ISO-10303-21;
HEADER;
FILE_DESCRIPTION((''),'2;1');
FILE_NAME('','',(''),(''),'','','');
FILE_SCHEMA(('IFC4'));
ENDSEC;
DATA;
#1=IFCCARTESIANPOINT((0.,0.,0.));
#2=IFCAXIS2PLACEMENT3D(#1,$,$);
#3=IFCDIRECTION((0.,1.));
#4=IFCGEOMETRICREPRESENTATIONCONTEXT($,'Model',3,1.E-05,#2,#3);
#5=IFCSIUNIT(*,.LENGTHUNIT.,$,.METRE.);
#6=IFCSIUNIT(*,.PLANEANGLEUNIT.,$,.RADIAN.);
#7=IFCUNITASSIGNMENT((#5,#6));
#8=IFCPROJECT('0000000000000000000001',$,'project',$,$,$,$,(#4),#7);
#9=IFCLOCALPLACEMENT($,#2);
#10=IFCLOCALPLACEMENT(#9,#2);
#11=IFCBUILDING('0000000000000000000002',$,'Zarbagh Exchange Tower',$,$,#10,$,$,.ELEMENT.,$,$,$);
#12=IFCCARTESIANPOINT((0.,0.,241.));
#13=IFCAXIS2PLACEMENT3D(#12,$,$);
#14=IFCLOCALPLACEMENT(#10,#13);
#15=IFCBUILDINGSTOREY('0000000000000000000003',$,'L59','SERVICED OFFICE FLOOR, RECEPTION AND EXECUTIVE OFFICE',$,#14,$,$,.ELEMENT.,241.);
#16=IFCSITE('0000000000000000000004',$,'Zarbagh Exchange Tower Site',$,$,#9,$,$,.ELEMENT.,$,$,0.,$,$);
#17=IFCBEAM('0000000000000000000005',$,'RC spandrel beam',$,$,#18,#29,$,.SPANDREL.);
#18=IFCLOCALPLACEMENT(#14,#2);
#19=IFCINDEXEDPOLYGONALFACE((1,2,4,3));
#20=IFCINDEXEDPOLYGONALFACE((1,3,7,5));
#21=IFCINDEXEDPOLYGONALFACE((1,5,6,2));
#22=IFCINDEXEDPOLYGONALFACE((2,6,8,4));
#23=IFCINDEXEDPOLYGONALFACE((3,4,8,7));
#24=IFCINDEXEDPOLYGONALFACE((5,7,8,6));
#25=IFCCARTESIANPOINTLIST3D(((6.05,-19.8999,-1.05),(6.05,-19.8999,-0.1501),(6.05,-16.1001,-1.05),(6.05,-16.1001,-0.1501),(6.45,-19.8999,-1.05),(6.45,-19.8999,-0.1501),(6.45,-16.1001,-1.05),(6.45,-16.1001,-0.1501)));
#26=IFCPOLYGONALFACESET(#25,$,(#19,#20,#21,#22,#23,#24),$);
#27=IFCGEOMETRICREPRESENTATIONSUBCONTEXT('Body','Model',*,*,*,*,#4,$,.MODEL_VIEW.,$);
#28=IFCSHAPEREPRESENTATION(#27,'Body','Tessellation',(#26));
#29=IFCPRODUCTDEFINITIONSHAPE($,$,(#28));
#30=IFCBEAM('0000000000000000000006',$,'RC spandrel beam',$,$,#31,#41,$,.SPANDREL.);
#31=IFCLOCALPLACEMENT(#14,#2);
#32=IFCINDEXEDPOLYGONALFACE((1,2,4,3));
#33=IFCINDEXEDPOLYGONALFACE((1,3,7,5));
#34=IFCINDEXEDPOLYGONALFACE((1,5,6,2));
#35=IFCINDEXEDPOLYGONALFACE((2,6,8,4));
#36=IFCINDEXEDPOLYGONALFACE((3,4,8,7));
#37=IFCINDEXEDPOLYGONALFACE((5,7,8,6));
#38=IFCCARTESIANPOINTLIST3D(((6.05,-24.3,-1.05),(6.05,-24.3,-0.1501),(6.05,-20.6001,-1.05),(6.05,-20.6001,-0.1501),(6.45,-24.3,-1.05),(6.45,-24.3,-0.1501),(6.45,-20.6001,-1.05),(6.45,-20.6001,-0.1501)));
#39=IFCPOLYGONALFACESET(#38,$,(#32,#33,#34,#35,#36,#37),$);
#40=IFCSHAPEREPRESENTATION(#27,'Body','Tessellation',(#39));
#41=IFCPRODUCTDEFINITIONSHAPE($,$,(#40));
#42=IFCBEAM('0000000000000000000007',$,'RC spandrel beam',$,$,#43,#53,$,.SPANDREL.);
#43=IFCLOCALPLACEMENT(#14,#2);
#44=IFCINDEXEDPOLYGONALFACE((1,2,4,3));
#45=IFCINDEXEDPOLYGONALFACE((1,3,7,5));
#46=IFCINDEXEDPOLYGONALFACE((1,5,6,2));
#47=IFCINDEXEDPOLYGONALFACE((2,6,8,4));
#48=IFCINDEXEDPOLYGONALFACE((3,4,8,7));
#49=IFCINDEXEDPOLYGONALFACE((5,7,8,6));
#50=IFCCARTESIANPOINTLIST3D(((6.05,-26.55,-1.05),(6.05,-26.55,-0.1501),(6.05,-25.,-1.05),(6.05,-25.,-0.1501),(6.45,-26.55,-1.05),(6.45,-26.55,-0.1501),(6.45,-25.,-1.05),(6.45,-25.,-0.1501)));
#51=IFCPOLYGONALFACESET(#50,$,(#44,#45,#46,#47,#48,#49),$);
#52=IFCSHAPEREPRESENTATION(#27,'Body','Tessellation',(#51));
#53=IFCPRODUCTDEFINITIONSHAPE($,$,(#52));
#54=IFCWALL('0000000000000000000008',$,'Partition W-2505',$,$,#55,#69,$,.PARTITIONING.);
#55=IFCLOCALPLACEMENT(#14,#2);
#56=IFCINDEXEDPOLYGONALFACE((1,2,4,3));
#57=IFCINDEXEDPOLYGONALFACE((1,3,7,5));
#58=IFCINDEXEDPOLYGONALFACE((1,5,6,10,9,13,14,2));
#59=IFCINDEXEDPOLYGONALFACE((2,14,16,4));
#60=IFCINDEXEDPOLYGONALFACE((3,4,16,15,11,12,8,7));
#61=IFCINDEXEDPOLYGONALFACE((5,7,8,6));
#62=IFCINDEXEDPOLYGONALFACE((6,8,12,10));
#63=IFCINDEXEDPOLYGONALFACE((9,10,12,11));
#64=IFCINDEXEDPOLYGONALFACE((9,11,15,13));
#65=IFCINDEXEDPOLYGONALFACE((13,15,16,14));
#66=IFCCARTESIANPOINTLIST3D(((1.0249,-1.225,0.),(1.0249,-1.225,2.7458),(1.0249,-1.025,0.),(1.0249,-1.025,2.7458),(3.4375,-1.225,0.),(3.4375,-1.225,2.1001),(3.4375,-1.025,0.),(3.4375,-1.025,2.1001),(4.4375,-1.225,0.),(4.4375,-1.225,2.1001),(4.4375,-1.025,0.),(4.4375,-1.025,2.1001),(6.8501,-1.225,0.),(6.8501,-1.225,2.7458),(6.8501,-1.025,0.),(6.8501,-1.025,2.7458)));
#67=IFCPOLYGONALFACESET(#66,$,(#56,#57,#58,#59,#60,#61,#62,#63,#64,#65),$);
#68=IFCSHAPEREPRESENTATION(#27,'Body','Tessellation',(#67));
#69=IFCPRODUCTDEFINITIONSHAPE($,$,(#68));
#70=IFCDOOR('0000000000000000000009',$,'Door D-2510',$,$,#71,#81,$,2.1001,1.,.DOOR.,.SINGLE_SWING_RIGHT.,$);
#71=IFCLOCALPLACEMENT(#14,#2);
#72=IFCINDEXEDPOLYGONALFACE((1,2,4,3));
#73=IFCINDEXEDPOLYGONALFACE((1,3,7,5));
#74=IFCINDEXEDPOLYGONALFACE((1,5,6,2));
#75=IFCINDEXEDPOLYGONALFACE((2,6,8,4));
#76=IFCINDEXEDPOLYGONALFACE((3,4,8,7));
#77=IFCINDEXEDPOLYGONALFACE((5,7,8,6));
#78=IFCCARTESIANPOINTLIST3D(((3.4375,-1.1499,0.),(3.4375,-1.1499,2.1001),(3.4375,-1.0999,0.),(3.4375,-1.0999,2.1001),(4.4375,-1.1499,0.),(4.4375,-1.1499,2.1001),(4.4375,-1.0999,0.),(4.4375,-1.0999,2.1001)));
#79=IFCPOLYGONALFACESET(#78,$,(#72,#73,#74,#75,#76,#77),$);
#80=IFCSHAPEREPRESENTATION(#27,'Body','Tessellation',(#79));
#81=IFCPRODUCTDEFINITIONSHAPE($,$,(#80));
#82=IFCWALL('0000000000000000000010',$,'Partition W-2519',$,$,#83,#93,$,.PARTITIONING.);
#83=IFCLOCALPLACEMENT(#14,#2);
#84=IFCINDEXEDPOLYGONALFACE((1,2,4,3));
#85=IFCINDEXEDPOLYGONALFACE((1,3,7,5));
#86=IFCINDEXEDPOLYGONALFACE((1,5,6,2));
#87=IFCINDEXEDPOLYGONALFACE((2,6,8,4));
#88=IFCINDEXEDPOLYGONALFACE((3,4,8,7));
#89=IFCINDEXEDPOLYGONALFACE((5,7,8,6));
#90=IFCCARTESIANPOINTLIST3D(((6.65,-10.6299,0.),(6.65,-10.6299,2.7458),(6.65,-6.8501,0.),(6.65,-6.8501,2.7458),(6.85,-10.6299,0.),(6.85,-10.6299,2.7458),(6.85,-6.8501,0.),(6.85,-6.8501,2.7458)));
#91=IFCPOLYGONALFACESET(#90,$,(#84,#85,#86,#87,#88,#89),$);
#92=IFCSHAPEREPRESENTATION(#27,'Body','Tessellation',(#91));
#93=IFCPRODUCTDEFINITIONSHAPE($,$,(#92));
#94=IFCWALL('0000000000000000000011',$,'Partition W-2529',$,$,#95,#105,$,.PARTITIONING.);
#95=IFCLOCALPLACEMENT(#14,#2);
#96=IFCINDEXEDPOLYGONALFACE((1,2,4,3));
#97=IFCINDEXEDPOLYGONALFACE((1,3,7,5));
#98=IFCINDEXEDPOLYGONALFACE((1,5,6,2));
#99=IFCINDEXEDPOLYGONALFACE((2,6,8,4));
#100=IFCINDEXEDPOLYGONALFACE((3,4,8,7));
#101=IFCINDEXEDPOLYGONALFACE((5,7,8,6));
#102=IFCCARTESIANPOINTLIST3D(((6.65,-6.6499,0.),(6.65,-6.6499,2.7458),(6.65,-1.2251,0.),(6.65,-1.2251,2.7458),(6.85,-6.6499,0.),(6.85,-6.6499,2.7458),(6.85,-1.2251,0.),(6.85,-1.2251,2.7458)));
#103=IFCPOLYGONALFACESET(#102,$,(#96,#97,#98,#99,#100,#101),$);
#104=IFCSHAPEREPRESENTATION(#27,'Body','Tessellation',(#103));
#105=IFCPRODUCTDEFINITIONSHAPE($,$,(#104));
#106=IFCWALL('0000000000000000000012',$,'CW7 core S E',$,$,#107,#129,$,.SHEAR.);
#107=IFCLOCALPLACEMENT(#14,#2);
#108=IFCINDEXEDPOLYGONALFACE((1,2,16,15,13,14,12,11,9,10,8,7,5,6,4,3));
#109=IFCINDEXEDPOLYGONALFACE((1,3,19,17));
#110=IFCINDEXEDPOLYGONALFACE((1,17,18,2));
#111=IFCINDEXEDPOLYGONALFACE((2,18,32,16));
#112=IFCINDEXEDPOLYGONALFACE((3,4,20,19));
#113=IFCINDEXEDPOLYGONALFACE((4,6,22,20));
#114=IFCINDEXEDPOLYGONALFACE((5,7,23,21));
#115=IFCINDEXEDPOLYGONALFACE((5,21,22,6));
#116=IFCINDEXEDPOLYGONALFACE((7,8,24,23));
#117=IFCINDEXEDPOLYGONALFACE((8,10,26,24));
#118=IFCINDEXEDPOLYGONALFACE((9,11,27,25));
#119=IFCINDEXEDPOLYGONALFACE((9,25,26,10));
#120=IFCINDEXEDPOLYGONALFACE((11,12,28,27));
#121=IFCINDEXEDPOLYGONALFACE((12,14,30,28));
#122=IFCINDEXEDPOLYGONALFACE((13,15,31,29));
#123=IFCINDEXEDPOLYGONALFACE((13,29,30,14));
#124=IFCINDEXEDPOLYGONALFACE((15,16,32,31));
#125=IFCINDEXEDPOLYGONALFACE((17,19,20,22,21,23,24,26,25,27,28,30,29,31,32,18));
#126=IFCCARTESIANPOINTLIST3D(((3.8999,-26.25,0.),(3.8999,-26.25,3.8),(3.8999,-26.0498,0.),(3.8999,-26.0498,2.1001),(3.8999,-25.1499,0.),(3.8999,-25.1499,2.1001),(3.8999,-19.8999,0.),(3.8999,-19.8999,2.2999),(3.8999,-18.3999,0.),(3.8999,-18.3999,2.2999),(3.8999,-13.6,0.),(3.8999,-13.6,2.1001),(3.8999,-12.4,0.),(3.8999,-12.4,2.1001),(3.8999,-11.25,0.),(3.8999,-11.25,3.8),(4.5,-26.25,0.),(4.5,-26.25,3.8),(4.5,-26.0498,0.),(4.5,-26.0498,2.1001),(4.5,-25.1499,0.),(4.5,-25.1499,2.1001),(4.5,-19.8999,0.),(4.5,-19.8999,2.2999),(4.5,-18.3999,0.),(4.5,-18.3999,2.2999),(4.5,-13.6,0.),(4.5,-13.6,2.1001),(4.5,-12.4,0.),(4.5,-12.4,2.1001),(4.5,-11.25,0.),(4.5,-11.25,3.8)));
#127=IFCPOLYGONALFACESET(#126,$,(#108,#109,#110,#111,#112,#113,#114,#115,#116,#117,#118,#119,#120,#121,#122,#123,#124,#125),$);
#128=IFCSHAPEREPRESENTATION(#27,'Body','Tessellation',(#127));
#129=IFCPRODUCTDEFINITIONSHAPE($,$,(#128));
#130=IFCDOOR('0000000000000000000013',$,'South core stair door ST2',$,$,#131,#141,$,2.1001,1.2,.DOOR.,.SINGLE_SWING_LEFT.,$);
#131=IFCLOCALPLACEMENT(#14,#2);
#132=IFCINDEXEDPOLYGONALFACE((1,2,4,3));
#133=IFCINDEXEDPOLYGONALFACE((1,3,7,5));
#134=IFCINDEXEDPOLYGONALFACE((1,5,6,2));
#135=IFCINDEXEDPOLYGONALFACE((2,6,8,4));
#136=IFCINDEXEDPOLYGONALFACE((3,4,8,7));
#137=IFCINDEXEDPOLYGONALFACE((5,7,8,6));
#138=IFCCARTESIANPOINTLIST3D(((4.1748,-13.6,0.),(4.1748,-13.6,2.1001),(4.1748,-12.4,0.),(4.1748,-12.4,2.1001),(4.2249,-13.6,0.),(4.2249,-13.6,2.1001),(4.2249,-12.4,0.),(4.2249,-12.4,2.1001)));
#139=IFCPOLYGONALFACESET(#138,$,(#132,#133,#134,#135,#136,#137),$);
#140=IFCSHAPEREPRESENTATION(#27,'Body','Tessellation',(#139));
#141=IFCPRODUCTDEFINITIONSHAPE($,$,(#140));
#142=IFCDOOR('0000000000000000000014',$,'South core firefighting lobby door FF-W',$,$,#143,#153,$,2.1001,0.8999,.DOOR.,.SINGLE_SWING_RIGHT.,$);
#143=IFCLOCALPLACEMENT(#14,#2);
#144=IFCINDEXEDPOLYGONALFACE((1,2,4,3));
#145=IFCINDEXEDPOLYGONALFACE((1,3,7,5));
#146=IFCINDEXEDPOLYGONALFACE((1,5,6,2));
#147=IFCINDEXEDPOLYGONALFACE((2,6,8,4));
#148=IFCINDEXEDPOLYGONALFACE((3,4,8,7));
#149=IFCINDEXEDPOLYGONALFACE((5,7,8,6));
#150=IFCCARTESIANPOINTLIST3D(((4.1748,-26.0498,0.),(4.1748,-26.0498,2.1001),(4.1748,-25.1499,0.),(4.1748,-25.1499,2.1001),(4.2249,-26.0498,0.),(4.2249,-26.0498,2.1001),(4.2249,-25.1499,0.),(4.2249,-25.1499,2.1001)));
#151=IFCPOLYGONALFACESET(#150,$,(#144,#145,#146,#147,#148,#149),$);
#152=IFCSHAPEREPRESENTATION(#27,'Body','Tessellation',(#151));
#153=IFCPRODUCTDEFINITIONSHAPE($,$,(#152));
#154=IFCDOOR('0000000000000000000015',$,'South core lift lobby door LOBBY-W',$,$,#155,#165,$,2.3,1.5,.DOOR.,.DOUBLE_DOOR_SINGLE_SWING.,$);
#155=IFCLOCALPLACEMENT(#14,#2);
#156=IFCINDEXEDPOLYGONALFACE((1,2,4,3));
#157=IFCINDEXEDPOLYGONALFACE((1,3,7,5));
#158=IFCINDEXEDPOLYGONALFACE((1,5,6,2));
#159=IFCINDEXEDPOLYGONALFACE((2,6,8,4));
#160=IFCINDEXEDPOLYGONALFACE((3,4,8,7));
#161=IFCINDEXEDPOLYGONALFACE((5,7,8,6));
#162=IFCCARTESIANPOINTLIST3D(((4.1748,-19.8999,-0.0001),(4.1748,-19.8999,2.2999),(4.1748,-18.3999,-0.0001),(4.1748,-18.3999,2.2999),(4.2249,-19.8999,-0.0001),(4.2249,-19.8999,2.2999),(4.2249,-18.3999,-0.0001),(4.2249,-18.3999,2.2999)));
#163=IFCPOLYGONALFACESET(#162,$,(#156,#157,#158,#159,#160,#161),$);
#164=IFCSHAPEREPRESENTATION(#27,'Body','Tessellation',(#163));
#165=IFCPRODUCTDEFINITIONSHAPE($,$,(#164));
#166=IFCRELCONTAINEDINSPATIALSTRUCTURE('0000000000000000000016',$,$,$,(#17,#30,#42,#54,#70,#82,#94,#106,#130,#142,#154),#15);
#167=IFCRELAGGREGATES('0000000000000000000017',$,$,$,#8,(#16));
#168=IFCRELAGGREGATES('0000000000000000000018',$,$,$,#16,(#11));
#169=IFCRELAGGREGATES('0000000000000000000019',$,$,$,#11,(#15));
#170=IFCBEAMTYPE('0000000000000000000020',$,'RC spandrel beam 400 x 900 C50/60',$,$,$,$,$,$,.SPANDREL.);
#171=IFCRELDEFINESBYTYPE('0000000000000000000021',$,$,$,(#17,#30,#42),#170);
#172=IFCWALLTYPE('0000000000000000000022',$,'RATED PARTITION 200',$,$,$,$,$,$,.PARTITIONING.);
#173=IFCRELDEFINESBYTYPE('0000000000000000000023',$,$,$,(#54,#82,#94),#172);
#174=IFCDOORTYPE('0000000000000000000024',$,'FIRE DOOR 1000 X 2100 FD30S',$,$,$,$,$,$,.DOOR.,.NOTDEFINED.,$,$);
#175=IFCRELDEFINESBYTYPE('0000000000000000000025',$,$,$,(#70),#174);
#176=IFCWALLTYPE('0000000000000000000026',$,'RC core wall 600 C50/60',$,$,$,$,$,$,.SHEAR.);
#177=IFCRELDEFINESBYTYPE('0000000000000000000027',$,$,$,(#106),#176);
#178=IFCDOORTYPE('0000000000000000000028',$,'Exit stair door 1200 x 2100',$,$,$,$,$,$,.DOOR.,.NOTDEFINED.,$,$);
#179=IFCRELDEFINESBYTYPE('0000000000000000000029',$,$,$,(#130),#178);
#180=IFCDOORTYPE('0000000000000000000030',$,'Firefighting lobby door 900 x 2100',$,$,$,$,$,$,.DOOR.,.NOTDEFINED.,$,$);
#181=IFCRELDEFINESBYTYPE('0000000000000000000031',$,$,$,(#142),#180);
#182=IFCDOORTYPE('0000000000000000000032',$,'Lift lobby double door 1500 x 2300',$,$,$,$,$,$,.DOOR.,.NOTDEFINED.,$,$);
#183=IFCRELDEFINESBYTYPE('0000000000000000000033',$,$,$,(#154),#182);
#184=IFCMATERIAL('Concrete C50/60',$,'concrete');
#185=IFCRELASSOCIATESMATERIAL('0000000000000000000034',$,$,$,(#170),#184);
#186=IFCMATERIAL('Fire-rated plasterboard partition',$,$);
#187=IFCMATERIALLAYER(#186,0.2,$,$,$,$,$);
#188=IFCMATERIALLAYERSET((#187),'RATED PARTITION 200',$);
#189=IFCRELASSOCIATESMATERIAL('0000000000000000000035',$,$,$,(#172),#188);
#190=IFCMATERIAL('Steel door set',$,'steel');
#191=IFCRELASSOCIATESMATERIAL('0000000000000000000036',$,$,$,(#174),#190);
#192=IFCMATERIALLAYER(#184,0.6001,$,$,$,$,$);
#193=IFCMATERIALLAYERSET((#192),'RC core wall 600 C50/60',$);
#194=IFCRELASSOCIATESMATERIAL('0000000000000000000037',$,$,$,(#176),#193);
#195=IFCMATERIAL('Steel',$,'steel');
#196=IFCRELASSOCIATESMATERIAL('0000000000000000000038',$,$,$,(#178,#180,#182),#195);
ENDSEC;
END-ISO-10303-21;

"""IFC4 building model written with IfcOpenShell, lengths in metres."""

from ifc_helpers import new_model, si_unit, direction, frame, frame_2d, origin, origin_2d, place, context, subcontext, project, spatial, rectangle, extrude, material, layer, layer_set, material_profile, profile_set, type_object, element, fill, save


model = new_model("IFC4")

# Units and contexts
model_context = context("Model", 3, precision=1e-05, world=origin(), true_north=direction((0.0, 1.0)))
body_context = subcontext(model_context, "Body", "Model", "MODEL_VIEW")
ifc_project = project(units=[si_unit("LENGTHUNIT", "METRE"), si_unit("PLANEANGLEUNIT", "RADIAN")], contexts=[model_context])

# Site, building, storey
site_placement = place(None, origin())
site = spatial("IfcSite", under=ifc_project, at=site_placement, Name="Zarbagh Exchange Tower Site", CompositionType="ELEMENT", RefElevation=0.0)
building_placement = place(site_placement, origin())
building = spatial("IfcBuilding", under=site, at=building_placement, Name="Zarbagh Exchange Tower", CompositionType="ELEMENT")
storey_placement = place(building_placement, frame((0.0, 0.0, 241.0)))
storey = spatial("IfcBuildingStorey", under=building, at=storey_placement, Name="L59", Description="SERVICED OFFICE FLOOR, RECEPTION AND EXECUTIVE OFFICE", CompositionType="ELEMENT", Elevation=241.0)

# Shared definitions
ifc_material_1 = material(Name="Concrete C50/60", Category="concrete")

# Beams
ifc_material_profile_1 = material_profile(ifc_material_1, rectangle(XDim=0.3999, YDim=0.8999, at=origin_2d()), Name="RC spandrel beam 400 x 900 C50/60")
ifc_profile_set_1 = profile_set([ifc_material_profile_1], Name="Concrete C50/60")
beam_type_1 = type_object("IfcBeamType", Name="RC spandrel beam 400 x 900 C50/60", PredefinedType="SPANDREL", material=ifc_profile_set_1)
beam_1_placement = place(storey_placement, frame((6.25, -16.1001, -0.6001), z_axis=(0.0, -1.0, 0.0), x_axis=(1.0, 0.0, 0.0)))
element("IfcBeam", 1, at=beam_1_placement, inside=storey, type_object=beam_type_1, Name="RC spandrel beam", PredefinedType="SPANDREL", context=body_context, shape_type="SweptSolid", body=[
    extrude(rectangle(XDim=0.3999, YDim=0.8999, at=origin_2d()), origin(), (0.0, 0.0, 1.0), 3.7998),
])
beam_2_placement = place(storey_placement, frame((6.25, -20.6001, -0.6001), z_axis=(0.0, -1.0, 0.0), x_axis=(1.0, 0.0, 0.0)))
element("IfcBeam", 2, at=beam_2_placement, inside=storey, type_object=beam_type_1, Name="RC spandrel beam", PredefinedType="SPANDREL", context=body_context, shape_type="SweptSolid", body=[
    extrude(rectangle(XDim=0.3999, YDim=0.8999, at=origin_2d()), origin(), (0.0, 0.0, 1.0), 3.7),
])
beam_3_placement = place(storey_placement, frame((6.25, -25.0, -0.6001), z_axis=(0.0, -1.0, 0.0), x_axis=(1.0, 0.0, 0.0)))
element("IfcBeam", 3, at=beam_3_placement, inside=storey, type_object=beam_type_1, Name="RC spandrel beam", PredefinedType="SPANDREL", context=body_context, shape_type="SweptSolid", body=[
    extrude(rectangle(XDim=0.3999, YDim=0.8999, at=origin_2d()), origin(), (0.0, 0.0, 1.0), 1.55),
])

# Wall, opening, door
ifc_material_2 = material(Name="Fire-rated plasterboard partition")
ifc_layer_1 = layer(ifc_material_2, 0.2)
ifc_layer_set_1 = layer_set([ifc_layer_1], Name="RATED PARTITION 200")
wall_type_1 = type_object("IfcWallType", Name="RATED PARTITION 200", PredefinedType="PARTITIONING", material=ifc_layer_set_1)
wall_1_placement = place(storey_placement, frame((6.8501, -1.125, 0.0), z_axis=(0.0, 0.0, 1.0), x_axis=(-1.0, 0.0, 0.0)))
wall_1 = element("IfcWall", 4, at=wall_1_placement, inside=storey, type_object=wall_type_1, Name="Partition W-2505", PredefinedType="PARTITIONING", context=body_context, shape_type="SweptSolid", body=[
    extrude(rectangle(XDim=5.8252, YDim=0.2, at=frame_2d((2.9126, 0.0))), origin(), (0.0, 0.0, 1.0), 2.7458),
])
opening_1_placement = place(wall_1_placement, frame((2.4126, 0.0, 0.0)))
opening_1 = element("IfcOpeningElement", 5, at=opening_1_placement, cuts=wall_1, PredefinedType="OPENING", context=body_context, shape_type="SweptSolid", body=[
    extrude(rectangle(XDim=1.0, YDim=2.1001, at=frame_2d((0.5, 1.05))), frame((0.0, 0.1099, 0.0), z_axis=(0.0, -1.0, 0.0), x_axis=(1.0, 0.0, 0.0)), (0.0, 0.0, 1.0), 0.22),
])
ifc_material_3 = material(Name="Steel door set", Category="steel")
door_type_1 = type_object("IfcDoorType", Name="FIRE DOOR 1000 X 2100 FD30S", OperationType="NOTDEFINED", PredefinedType="DOOR", material=ifc_material_3)
door_1_placement = place(opening_1_placement, origin())
door_1 = element("IfcDoor", 6, at=door_1_placement, inside=storey, type_object=door_type_1, Name="Door D-2510", OperationType="SINGLE_SWING_RIGHT", OverallHeight=2.1001, OverallWidth=1.0, PredefinedType="DOOR", context=body_context, shape_type="SweptSolid", body=[
    extrude(rectangle(XDim=1.0, YDim=2.1001, at=frame_2d((0.5, 1.05))), frame((0.0, 0.0249, 0.0), z_axis=(0.0, -1.0, 0.0), x_axis=(1.0, 0.0, 0.0)), (0.0, 0.0, 1.0), 0.05),
])
fill(opening_1, door_1)

# Walls
wall_2_placement = place(storey_placement, frame((6.75, -10.6299, 0.0), z_axis=(0.0, 0.0, 1.0), x_axis=(0.0, 1.0, 0.0)))
element("IfcWall", 7, at=wall_2_placement, inside=storey, type_object=wall_type_1, Name="Partition W-2519", PredefinedType="PARTITIONING", context=body_context, shape_type="SweptSolid", body=[
    extrude(rectangle(XDim=3.7798, YDim=0.2, at=frame_2d((1.8899, 0.0))), origin(), (0.0, 0.0, 1.0), 2.7458),
])
wall_3_placement = place(storey_placement, frame((6.75, -6.6499, 0.0), z_axis=(0.0, 0.0, 1.0), x_axis=(0.0, 1.0, 0.0)))
element("IfcWall", 8, at=wall_3_placement, inside=storey, type_object=wall_type_1, Name="Partition W-2529", PredefinedType="PARTITIONING", context=body_context, shape_type="SweptSolid", body=[
    extrude(rectangle(XDim=5.4248, YDim=0.2, at=frame_2d((2.7124, 0.0))), origin(), (0.0, 0.0, 1.0), 2.7458),
])

# Wall, openings, doors
ifc_layer_2 = layer(ifc_material_1, 0.6001)
ifc_layer_set_2 = layer_set([ifc_layer_2], Name="RC core wall 600 C50/60")
wall_type_2 = type_object("IfcWallType", Name="RC core wall 600 C50/60", PredefinedType="SHEAR", material=ifc_layer_set_2)
wall_4_placement = place(storey_placement, frame((4.2, -11.25, 0.0), z_axis=(0.0, 0.0, 1.0), x_axis=(0.0, -1.0, 0.0)))
wall_4 = element("IfcWall", 9, at=wall_4_placement, inside=storey, type_object=wall_type_2, Name="CW7 core S E", PredefinedType="SHEAR", context=body_context, shape_type="SweptSolid", body=[
    extrude(rectangle(XDim=15.0, YDim=0.6001, at=frame_2d((7.5, 0.0))), origin(), (0.0, 0.0, 1.0), 3.8),
])
opening_2_placement = place(wall_4_placement, frame((7.1499, 0.0, 0.0)))
opening_2 = element("IfcOpeningElement", 10, at=opening_2_placement, cuts=wall_4, PredefinedType="OPENING", context=body_context, shape_type="SweptSolid", body=[
    extrude(rectangle(XDim=1.5, YDim=2.3, at=frame_2d((0.75, 1.1499))), frame((0.0, 0.3101, 0.0), z_axis=(0.0, -1.0, 0.0), x_axis=(1.0, 0.0, 0.0)), (0.0, 0.0, 1.0), 0.6201),
])
opening_3_placement = place(wall_4_placement, frame((13.8999, 0.0, 0.0)))
opening_3 = element("IfcOpeningElement", 11, at=opening_3_placement, cuts=wall_4, PredefinedType="OPENING", context=body_context, shape_type="SweptSolid", body=[
    extrude(rectangle(XDim=0.8999, YDim=2.1001, at=frame_2d((0.45, 1.05))), frame((0.0, 0.3101, 0.0), z_axis=(0.0, -1.0, 0.0), x_axis=(1.0, 0.0, 0.0)), (0.0, 0.0, 1.0), 0.6201),
])
opening_4_placement = place(wall_4_placement, frame((1.1499, 0.0, 0.0)))
opening_4 = element("IfcOpeningElement", 12, at=opening_4_placement, cuts=wall_4, PredefinedType="OPENING", context=body_context, shape_type="SweptSolid", body=[
    extrude(rectangle(XDim=1.2, YDim=2.1001, at=frame_2d((0.6001, 1.05))), frame((0.0, 0.3101, 0.0), z_axis=(0.0, -1.0, 0.0), x_axis=(1.0, 0.0, 0.0)), (0.0, 0.0, 1.0), 0.6201),
])
ifc_material_4 = material(Name="Steel", Category="steel")
door_type_2 = type_object("IfcDoorType", Name="Exit stair door 1200 x 2100", OperationType="NOTDEFINED", PredefinedType="DOOR", material=ifc_material_4)
door_2_placement = place(opening_4_placement, origin())
door_2 = element("IfcDoor", 13, at=door_2_placement, inside=storey, type_object=door_type_2, Name="South core stair door ST2", OperationType="SINGLE_SWING_LEFT", OverallHeight=2.1001, OverallWidth=1.2, PredefinedType="DOOR", context=body_context, shape_type="SweptSolid", body=[
    extrude(rectangle(XDim=1.2, YDim=2.1001, at=frame_2d((0.6001, 1.05))), frame((0.0, 0.0249, 0.0), z_axis=(0.0, -1.0, 0.0), x_axis=(1.0, 0.0, 0.0)), (0.0, 0.0, 1.0), 0.05),
])
fill(opening_4, door_2)
door_type_3 = type_object("IfcDoorType", Name="Firefighting lobby door 900 x 2100", OperationType="NOTDEFINED", PredefinedType="DOOR", material=ifc_material_4)
door_3_placement = place(opening_3_placement, origin())
door_3 = element("IfcDoor", 14, at=door_3_placement, inside=storey, type_object=door_type_3, Name="South core firefighting lobby door FF-W", OperationType="SINGLE_SWING_RIGHT", OverallHeight=2.1001, OverallWidth=0.8999, PredefinedType="DOOR", context=body_context, shape_type="SweptSolid", body=[
    extrude(rectangle(XDim=0.8999, YDim=2.1001, at=frame_2d((0.45, 1.05))), frame((0.0, 0.0249, 0.0), z_axis=(0.0, -1.0, 0.0), x_axis=(1.0, 0.0, 0.0)), (0.0, 0.0, 1.0), 0.05),
])
fill(opening_3, door_3)
door_type_4 = type_object("IfcDoorType", Name="Lift lobby double door 1500 x 2300", OperationType="NOTDEFINED", PredefinedType="DOOR", material=ifc_material_4)
door_4_placement = place(opening_2_placement, origin())
door_4 = element("IfcDoor", 15, at=door_4_placement, inside=storey, type_object=door_type_4, Name="South core lift lobby door LOBBY-W", OperationType="DOUBLE_DOOR_SINGLE_SWING", OverallHeight=2.3, OverallWidth=1.5, PredefinedType="DOOR", context=body_context, shape_type="SweptSolid", body=[
    extrude(rectangle(XDim=1.5, YDim=2.3, at=frame_2d((0.75, 1.1499))), frame((0.0, 0.0249, 0.0), z_axis=(0.0, -1.0, 0.0), x_axis=(1.0, 0.0, 0.0)), (0.0, 0.0, 1.0), 0.05),
])
fill(opening_2, door_4)

save(model, "model.ifc")
